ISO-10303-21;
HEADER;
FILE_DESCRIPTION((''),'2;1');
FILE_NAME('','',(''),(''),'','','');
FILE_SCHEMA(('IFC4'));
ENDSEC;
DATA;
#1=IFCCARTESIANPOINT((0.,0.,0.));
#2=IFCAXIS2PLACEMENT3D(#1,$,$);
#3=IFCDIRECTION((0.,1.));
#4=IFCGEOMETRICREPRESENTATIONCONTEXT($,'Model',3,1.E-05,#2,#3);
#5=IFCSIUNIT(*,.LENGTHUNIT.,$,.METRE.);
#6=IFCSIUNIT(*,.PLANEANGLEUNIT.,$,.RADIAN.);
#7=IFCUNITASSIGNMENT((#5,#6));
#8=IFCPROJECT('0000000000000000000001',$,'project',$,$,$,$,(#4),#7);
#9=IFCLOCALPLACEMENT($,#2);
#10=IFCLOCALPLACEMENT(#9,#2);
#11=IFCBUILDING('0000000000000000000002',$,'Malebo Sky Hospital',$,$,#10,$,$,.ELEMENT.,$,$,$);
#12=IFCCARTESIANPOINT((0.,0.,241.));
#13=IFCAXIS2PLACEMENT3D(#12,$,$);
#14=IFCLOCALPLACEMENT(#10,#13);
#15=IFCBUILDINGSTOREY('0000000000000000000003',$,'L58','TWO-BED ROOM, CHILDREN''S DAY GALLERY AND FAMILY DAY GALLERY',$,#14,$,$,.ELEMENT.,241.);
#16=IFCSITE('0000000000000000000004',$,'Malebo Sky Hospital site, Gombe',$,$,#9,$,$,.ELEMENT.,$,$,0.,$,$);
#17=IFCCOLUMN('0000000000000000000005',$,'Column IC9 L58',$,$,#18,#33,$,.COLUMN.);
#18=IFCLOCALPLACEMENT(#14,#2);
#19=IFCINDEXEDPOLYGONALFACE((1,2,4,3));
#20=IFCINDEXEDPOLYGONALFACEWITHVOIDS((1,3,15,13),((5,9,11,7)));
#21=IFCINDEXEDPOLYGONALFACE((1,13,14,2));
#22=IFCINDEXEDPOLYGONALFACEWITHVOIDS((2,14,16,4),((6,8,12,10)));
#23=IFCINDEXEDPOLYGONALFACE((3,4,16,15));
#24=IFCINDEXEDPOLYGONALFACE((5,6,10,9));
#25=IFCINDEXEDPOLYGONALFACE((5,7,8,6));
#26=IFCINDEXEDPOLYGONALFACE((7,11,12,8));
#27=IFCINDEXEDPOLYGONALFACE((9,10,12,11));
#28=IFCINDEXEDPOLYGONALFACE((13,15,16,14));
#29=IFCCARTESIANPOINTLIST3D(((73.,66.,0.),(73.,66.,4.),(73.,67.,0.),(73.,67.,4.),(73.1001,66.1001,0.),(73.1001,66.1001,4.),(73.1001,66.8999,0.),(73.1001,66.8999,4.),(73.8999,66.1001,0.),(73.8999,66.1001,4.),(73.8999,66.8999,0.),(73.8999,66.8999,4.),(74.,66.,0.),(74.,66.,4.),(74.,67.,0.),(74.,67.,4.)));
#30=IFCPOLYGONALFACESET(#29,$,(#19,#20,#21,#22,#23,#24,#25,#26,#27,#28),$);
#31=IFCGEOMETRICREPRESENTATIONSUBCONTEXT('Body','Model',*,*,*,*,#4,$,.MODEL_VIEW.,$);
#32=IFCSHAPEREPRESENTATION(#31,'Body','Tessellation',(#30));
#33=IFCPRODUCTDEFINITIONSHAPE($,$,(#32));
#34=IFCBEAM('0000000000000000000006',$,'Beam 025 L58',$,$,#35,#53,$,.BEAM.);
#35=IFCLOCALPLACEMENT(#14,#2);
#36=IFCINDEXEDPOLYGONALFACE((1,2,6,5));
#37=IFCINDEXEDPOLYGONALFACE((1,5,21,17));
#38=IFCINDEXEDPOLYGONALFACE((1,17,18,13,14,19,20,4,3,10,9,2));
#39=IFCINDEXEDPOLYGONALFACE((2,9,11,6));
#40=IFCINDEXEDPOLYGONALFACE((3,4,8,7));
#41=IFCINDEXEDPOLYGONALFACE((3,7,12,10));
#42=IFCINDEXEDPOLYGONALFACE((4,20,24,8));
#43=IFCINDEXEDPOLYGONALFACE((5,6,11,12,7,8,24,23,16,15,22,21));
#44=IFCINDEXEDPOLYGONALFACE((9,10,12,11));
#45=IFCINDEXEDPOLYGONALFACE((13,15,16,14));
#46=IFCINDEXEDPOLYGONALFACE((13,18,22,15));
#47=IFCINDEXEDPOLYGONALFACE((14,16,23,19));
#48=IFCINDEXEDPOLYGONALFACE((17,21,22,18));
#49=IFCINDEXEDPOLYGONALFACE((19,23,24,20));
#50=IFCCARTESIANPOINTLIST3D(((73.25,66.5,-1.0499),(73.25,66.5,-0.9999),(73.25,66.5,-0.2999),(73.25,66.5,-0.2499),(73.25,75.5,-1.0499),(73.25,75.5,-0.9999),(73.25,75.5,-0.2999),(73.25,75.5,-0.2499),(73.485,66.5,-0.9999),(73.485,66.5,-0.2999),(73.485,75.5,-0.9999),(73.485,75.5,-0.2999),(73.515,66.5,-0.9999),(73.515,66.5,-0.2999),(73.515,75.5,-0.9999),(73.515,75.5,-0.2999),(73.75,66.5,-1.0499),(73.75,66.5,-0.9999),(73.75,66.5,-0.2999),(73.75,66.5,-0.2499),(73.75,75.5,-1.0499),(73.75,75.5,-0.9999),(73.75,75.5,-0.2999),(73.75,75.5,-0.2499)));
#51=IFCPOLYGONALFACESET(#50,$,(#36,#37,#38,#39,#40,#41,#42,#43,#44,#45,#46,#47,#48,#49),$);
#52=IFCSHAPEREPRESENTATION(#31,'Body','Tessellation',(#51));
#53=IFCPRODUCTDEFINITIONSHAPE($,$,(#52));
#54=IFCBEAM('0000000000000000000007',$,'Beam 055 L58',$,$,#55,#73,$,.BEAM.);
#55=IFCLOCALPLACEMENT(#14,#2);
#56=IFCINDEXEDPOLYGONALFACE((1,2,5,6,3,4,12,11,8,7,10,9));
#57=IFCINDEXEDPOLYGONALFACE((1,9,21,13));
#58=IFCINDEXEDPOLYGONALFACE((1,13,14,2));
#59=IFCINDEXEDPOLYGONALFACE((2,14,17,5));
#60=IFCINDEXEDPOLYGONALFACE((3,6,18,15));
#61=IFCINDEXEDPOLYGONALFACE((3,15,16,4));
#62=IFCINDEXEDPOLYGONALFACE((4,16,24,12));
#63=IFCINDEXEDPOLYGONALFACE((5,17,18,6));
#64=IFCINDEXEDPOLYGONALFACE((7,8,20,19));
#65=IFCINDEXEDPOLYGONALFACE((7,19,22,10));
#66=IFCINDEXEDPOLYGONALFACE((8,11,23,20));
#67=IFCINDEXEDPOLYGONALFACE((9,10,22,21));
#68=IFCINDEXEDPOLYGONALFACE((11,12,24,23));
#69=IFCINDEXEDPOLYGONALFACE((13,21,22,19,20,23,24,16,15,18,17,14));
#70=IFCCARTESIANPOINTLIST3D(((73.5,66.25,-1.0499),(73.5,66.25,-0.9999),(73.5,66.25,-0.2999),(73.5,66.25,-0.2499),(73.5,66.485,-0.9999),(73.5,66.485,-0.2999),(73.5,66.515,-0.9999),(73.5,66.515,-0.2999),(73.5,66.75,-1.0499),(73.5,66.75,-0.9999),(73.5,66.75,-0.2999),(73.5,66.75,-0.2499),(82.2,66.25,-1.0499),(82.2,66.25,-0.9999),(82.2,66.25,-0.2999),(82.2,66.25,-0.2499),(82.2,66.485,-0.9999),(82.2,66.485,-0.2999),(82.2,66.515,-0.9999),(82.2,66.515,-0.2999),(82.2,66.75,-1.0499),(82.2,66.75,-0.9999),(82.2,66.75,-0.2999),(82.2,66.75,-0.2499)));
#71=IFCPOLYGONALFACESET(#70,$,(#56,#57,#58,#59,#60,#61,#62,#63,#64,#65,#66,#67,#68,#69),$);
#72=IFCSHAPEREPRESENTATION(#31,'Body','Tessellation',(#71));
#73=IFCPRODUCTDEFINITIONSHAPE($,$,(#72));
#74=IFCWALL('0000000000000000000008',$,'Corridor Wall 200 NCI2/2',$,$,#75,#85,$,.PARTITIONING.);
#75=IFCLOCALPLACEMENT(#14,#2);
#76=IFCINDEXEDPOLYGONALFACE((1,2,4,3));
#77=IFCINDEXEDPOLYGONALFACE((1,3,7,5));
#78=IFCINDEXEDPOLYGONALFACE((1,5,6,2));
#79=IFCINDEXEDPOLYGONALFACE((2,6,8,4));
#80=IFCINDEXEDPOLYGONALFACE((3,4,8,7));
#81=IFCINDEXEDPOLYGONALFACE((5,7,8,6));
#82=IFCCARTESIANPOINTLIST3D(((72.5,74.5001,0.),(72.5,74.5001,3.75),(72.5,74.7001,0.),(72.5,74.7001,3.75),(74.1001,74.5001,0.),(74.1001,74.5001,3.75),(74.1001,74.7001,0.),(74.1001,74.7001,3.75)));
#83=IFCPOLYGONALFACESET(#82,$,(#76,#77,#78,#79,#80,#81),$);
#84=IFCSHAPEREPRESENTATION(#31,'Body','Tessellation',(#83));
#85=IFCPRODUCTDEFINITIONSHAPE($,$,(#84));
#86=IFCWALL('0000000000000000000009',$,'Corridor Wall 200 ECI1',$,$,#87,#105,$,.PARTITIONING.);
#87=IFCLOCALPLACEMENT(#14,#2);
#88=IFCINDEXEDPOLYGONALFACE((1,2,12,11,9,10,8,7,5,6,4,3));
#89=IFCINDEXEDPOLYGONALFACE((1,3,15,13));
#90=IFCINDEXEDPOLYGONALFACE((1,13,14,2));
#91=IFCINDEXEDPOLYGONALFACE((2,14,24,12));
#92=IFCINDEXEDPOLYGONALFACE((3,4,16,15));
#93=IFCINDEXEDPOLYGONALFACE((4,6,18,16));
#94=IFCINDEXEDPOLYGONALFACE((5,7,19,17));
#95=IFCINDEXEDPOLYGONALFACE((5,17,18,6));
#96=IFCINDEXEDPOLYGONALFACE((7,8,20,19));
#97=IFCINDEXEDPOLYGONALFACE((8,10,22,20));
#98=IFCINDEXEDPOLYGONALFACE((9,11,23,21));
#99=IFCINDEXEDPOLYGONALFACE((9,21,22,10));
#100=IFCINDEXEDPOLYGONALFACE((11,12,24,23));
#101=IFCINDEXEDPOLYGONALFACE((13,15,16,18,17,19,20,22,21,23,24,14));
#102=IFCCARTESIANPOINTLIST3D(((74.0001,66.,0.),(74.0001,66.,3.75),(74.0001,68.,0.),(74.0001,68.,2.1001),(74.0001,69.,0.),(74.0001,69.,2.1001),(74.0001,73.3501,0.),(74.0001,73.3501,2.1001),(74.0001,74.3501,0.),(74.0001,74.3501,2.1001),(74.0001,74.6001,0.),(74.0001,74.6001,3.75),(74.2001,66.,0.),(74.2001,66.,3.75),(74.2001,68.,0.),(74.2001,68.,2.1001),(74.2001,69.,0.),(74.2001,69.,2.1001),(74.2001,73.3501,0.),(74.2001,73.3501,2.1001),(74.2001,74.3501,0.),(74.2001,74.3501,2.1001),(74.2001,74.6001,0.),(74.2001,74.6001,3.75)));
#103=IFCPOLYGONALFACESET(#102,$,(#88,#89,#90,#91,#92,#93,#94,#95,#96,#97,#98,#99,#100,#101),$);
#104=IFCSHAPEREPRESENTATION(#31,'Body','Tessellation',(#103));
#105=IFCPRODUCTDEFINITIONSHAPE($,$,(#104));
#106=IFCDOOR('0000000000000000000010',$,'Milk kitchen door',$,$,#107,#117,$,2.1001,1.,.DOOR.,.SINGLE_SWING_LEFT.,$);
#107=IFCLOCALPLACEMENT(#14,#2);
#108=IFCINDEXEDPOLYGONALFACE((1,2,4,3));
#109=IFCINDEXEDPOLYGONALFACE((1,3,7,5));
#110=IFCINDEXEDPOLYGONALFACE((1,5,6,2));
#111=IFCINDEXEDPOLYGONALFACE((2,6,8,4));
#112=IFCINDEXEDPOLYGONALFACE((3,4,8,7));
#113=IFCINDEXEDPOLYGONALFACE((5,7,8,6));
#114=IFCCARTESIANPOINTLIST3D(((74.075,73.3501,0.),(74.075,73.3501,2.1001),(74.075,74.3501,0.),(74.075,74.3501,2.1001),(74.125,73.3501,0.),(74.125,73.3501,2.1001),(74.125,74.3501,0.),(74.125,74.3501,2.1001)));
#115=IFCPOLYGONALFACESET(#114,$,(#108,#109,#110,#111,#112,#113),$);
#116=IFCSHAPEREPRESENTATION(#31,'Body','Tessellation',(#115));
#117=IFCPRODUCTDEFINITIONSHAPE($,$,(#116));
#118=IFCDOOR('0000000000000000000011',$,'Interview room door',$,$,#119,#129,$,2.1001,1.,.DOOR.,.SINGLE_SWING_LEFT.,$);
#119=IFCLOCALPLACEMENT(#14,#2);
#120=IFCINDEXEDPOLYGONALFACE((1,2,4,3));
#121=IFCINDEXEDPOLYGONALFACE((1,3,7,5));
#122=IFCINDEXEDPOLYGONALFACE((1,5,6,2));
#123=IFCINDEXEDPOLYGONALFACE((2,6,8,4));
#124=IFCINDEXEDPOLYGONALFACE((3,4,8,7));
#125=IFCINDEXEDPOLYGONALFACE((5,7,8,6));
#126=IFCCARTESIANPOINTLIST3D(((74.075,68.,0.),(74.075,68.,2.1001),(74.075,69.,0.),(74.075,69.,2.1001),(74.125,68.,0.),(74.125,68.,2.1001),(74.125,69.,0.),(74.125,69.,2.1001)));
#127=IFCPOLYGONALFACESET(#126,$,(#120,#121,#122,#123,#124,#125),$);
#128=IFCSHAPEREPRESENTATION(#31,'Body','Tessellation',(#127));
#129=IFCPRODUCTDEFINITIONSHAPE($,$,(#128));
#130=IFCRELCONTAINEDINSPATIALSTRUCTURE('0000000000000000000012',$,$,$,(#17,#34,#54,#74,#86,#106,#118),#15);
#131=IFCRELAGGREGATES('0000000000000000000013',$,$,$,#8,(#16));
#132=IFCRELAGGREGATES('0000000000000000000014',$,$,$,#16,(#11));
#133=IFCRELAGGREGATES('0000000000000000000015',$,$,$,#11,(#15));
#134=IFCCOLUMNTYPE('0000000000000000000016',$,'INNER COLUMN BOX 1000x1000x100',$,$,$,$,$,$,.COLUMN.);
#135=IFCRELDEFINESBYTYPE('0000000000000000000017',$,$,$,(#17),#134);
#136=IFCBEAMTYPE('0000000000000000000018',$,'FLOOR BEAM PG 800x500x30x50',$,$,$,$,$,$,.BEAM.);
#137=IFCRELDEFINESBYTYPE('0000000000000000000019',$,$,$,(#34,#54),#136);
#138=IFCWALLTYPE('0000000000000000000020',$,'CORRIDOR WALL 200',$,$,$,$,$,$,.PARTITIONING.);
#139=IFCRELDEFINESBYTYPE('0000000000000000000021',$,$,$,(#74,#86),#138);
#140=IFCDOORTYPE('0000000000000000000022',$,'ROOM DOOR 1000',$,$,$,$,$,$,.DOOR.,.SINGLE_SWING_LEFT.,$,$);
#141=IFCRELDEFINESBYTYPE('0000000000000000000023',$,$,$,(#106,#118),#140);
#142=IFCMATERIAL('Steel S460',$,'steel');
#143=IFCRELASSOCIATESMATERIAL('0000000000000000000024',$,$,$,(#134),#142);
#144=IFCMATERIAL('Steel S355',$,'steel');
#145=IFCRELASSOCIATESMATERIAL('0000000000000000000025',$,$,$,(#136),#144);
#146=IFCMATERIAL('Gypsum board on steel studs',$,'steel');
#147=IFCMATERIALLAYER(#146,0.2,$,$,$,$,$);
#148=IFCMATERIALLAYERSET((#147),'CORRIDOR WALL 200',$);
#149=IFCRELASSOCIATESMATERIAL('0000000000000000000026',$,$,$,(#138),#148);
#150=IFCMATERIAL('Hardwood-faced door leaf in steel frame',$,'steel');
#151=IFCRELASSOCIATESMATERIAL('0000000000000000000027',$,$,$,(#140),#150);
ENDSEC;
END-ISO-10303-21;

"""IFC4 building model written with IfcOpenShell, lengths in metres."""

from ifc_helpers import new_model, si_unit, direction, frame, frame_2d, origin, origin_2d, place, context, subcontext, project, spatial, rectangle, hollow_rectangle, i_section, extrude, material, layer, layer_set, material_profile, profile_set, type_object, element, fill, save


model = new_model("IFC4")

# Units and contexts
model_context = context("Model", 3, precision=1e-05, world=origin(), true_north=direction((0.0, 1.0)))
body_context = subcontext(model_context, "Body", "Model", "MODEL_VIEW")
ifc_project = project(units=[si_unit("LENGTHUNIT", "METRE"), si_unit("PLANEANGLEUNIT", "RADIAN")], contexts=[model_context])

# Site, building, storey
site_placement = place(None, origin())
site = spatial("IfcSite", under=ifc_project, at=site_placement, Name="Malebo Sky Hospital site, Gombe", CompositionType="ELEMENT", RefElevation=0.0)
building_placement = place(site_placement, origin())
building = spatial("IfcBuilding", under=site, at=building_placement, Name="Malebo Sky Hospital", CompositionType="ELEMENT")
storey_placement = place(building_placement, frame((0.0, 0.0, 241.0)))
storey = spatial("IfcBuildingStorey", under=building, at=storey_placement, Name="L58", Description="TWO-BED ROOM, CHILDREN'S DAY GALLERY AND FAMILY DAY GALLERY", CompositionType="ELEMENT", Elevation=241.0)

# Column
ifc_material_1 = material(Name="Steel S460", Category="steel")
ifc_material_profile_1 = material_profile(ifc_material_1, hollow_rectangle(XDim=1.0, YDim=1.0, WallThickness=0.1001, at=origin_2d()), Name="BOX 1000x1000x100")
ifc_profile_set_1 = profile_set([ifc_material_profile_1], Name="Steel S460")
column_type = type_object("IfcColumnType", Name="INNER COLUMN BOX 1000x1000x100", PredefinedType="COLUMN", material=ifc_profile_set_1)
column_placement = place(storey_placement, frame((73.5, 66.5, 0.0), z_axis=(0.0, 0.0, 1.0), x_axis=(1.0, 0.0, 0.0)))
element("IfcColumn", 1, at=column_placement, inside=storey, type_object=column_type, Name="Column IC9 L58", PredefinedType="COLUMN", context=body_context, shape_type="SweptSolid", body=[
    extrude(hollow_rectangle(XDim=1.0, YDim=1.0, WallThickness=0.1001, at=origin_2d()), origin(), (0.0, 0.0, 1.0), 4.0),
])

# Beams
ifc_material_2 = material(Name="Steel S355", Category="steel")
ifc_material_profile_2 = material_profile(ifc_material_2, i_section(OverallWidth=0.5, OverallDepth=0.8, WebThickness=0.03, FlangeThickness=0.05, at=origin_2d()), Name="PG 800x500x30x50")
ifc_profile_set_2 = profile_set([ifc_material_profile_2], Name="Steel S355")
beam_type = type_object("IfcBeamType", Name="FLOOR BEAM PG 800x500x30x50", PredefinedType="BEAM", material=ifc_profile_set_2)
beam_1_placement = place(storey_placement, frame((73.5, 66.5, -0.6499), z_axis=(0.0, 1.0, 0.0), x_axis=(-1.0, 0.0, 0.0)))
element("IfcBeam", 2, at=beam_1_placement, inside=storey, type_object=beam_type, Name="Beam 025 L58", PredefinedType="BEAM", context=body_context, shape_type="SweptSolid", body=[
    extrude(i_section(OverallWidth=0.5, OverallDepth=0.8, WebThickness=0.03, FlangeThickness=0.05, at=origin_2d()), origin(), (0.0, 0.0, 1.0), 9.0),
])
beam_2_placement = place(storey_placement, frame((73.5, 66.5, -0.6499), z_axis=(1.0, 0.0, 0.0), x_axis=(0.0, 1.0, 0.0)))
element("IfcBeam", 3, at=beam_2_placement, inside=storey, type_object=beam_type, Name="Beam 055 L58", PredefinedType="BEAM", context=body_context, shape_type="SweptSolid", body=[
    extrude(i_section(OverallWidth=0.5, OverallDepth=0.8, WebThickness=0.03, FlangeThickness=0.05, at=origin_2d()), origin(), (0.0, 0.0, 1.0), 8.7),
])

# Wall
ifc_material_3 = material(Name="Gypsum board on steel studs", Category="steel")
ifc_layer_1 = layer(ifc_material_3, 0.2)
ifc_layer_set_1 = layer_set([ifc_layer_1], Name="CORRIDOR WALL 200")
wall_type_1 = type_object("IfcWallType", Name="CORRIDOR WALL 200", PredefinedType="PARTITIONING", material=ifc_layer_set_1)
wall_1_placement = place(storey_placement, frame((72.5, 74.6001, 0.0), z_axis=(0.0, 0.0, 1.0), x_axis=(1.0, 0.0, 0.0)))
element("IfcWall", 4, at=wall_1_placement, inside=storey, type_object=wall_type_1, Name="Corridor Wall 200 NCI2/2", PredefinedType="PARTITIONING", context=body_context, shape_type="SweptSolid", body=[
    extrude(rectangle(XDim=1.6001, YDim=0.2, at=frame_2d((0.8, 0.0))), origin(), (0.0, 0.0, 1.0), 3.75),
])

# Wall, openings, doors
wall_2_placement = place(storey_placement, frame((74.1001, 74.6001, 0.0), z_axis=(0.0, 0.0, 1.0), x_axis=(0.0, -1.0, 0.0)))
wall_2 = element("IfcWall", 5, at=wall_2_placement, inside=storey, type_object=wall_type_1, Name="Corridor Wall 200 ECI1", PredefinedType="PARTITIONING", context=body_context, shape_type="SweptSolid", body=[
    extrude(rectangle(XDim=8.6001, YDim=0.2, at=frame_2d((4.3, 0.0))), origin(), (0.0, 0.0, 1.0), 3.75),
])
opening_1_placement = place(wall_2_placement, frame((0.25, 0.0, 0.0)))
opening_1 = element("IfcOpeningElement", 6, at=opening_1_placement, cuts=wall_2, PredefinedType="OPENING", context=body_context, shape_type="SweptSolid", body=[
    extrude(rectangle(XDim=1.0, YDim=2.1001, at=frame_2d((0.5, 1.05))), frame((0.0, 0.1099, 0.0), z_axis=(0.0, -1.0, 0.0), x_axis=(1.0, 0.0, 0.0)), (0.0, 0.0, 1.0), 0.22),
])
opening_2_placement = place(wall_2_placement, frame((5.6001, 0.0, 0.0)))
opening_2 = element("IfcOpeningElement", 7, at=opening_2_placement, cuts=wall_2, PredefinedType="OPENING", context=body_context, shape_type="SweptSolid", body=[
    extrude(rectangle(XDim=1.0, YDim=2.1001, at=frame_2d((0.5, 1.05))), frame((0.0, 0.1099, 0.0), z_axis=(0.0, -1.0, 0.0), x_axis=(1.0, 0.0, 0.0)), (0.0, 0.0, 1.0), 0.22),
])
ifc_material_4 = material(Name="Hardwood-faced door leaf in steel frame", Category="steel")
door_type_1 = type_object("IfcDoorType", Name="ROOM DOOR 1000", OperationType="SINGLE_SWING_LEFT", PredefinedType="DOOR", material=ifc_material_4)
door_1_placement = place(opening_1_placement, origin())
door_1 = element("IfcDoor", 8, at=door_1_placement, inside=storey, type_object=door_type_1, Name="Milk kitchen door", OperationType="SINGLE_SWING_LEFT", OverallHeight=2.1001, OverallWidth=1.0, PredefinedType="DOOR", context=body_context, shape_type="SweptSolid", body=[
    extrude(rectangle(XDim=1.0, YDim=2.1001, at=frame_2d((0.5, 1.05))), frame((0.0, 0.0249, 0.0), z_axis=(0.0, -1.0, 0.0), x_axis=(1.0, 0.0, 0.0)), (0.0, 0.0, 1.0), 0.05),
])
fill(opening_1, door_1)
door_2_placement = place(opening_2_placement, origin())
door_2 = element("IfcDoor", 9, at=door_2_placement, inside=storey, type_object=door_type_1, Name="Interview room door", OperationType="SINGLE_SWING_LEFT", OverallHeight=2.1001, OverallWidth=1.0, PredefinedType="DOOR", context=body_context, shape_type="SweptSolid", body=[
    extrude(rectangle(XDim=1.0, YDim=2.1001, at=frame_2d((0.5, 1.05))), frame((0.0, 0.0249, 0.0), z_axis=(0.0, -1.0, 0.0), x_axis=(1.0, 0.0, 0.0)), (0.0, 0.0, 1.0), 0.05),
])
fill(opening_2, door_2)

save(model, "model.ifc")
